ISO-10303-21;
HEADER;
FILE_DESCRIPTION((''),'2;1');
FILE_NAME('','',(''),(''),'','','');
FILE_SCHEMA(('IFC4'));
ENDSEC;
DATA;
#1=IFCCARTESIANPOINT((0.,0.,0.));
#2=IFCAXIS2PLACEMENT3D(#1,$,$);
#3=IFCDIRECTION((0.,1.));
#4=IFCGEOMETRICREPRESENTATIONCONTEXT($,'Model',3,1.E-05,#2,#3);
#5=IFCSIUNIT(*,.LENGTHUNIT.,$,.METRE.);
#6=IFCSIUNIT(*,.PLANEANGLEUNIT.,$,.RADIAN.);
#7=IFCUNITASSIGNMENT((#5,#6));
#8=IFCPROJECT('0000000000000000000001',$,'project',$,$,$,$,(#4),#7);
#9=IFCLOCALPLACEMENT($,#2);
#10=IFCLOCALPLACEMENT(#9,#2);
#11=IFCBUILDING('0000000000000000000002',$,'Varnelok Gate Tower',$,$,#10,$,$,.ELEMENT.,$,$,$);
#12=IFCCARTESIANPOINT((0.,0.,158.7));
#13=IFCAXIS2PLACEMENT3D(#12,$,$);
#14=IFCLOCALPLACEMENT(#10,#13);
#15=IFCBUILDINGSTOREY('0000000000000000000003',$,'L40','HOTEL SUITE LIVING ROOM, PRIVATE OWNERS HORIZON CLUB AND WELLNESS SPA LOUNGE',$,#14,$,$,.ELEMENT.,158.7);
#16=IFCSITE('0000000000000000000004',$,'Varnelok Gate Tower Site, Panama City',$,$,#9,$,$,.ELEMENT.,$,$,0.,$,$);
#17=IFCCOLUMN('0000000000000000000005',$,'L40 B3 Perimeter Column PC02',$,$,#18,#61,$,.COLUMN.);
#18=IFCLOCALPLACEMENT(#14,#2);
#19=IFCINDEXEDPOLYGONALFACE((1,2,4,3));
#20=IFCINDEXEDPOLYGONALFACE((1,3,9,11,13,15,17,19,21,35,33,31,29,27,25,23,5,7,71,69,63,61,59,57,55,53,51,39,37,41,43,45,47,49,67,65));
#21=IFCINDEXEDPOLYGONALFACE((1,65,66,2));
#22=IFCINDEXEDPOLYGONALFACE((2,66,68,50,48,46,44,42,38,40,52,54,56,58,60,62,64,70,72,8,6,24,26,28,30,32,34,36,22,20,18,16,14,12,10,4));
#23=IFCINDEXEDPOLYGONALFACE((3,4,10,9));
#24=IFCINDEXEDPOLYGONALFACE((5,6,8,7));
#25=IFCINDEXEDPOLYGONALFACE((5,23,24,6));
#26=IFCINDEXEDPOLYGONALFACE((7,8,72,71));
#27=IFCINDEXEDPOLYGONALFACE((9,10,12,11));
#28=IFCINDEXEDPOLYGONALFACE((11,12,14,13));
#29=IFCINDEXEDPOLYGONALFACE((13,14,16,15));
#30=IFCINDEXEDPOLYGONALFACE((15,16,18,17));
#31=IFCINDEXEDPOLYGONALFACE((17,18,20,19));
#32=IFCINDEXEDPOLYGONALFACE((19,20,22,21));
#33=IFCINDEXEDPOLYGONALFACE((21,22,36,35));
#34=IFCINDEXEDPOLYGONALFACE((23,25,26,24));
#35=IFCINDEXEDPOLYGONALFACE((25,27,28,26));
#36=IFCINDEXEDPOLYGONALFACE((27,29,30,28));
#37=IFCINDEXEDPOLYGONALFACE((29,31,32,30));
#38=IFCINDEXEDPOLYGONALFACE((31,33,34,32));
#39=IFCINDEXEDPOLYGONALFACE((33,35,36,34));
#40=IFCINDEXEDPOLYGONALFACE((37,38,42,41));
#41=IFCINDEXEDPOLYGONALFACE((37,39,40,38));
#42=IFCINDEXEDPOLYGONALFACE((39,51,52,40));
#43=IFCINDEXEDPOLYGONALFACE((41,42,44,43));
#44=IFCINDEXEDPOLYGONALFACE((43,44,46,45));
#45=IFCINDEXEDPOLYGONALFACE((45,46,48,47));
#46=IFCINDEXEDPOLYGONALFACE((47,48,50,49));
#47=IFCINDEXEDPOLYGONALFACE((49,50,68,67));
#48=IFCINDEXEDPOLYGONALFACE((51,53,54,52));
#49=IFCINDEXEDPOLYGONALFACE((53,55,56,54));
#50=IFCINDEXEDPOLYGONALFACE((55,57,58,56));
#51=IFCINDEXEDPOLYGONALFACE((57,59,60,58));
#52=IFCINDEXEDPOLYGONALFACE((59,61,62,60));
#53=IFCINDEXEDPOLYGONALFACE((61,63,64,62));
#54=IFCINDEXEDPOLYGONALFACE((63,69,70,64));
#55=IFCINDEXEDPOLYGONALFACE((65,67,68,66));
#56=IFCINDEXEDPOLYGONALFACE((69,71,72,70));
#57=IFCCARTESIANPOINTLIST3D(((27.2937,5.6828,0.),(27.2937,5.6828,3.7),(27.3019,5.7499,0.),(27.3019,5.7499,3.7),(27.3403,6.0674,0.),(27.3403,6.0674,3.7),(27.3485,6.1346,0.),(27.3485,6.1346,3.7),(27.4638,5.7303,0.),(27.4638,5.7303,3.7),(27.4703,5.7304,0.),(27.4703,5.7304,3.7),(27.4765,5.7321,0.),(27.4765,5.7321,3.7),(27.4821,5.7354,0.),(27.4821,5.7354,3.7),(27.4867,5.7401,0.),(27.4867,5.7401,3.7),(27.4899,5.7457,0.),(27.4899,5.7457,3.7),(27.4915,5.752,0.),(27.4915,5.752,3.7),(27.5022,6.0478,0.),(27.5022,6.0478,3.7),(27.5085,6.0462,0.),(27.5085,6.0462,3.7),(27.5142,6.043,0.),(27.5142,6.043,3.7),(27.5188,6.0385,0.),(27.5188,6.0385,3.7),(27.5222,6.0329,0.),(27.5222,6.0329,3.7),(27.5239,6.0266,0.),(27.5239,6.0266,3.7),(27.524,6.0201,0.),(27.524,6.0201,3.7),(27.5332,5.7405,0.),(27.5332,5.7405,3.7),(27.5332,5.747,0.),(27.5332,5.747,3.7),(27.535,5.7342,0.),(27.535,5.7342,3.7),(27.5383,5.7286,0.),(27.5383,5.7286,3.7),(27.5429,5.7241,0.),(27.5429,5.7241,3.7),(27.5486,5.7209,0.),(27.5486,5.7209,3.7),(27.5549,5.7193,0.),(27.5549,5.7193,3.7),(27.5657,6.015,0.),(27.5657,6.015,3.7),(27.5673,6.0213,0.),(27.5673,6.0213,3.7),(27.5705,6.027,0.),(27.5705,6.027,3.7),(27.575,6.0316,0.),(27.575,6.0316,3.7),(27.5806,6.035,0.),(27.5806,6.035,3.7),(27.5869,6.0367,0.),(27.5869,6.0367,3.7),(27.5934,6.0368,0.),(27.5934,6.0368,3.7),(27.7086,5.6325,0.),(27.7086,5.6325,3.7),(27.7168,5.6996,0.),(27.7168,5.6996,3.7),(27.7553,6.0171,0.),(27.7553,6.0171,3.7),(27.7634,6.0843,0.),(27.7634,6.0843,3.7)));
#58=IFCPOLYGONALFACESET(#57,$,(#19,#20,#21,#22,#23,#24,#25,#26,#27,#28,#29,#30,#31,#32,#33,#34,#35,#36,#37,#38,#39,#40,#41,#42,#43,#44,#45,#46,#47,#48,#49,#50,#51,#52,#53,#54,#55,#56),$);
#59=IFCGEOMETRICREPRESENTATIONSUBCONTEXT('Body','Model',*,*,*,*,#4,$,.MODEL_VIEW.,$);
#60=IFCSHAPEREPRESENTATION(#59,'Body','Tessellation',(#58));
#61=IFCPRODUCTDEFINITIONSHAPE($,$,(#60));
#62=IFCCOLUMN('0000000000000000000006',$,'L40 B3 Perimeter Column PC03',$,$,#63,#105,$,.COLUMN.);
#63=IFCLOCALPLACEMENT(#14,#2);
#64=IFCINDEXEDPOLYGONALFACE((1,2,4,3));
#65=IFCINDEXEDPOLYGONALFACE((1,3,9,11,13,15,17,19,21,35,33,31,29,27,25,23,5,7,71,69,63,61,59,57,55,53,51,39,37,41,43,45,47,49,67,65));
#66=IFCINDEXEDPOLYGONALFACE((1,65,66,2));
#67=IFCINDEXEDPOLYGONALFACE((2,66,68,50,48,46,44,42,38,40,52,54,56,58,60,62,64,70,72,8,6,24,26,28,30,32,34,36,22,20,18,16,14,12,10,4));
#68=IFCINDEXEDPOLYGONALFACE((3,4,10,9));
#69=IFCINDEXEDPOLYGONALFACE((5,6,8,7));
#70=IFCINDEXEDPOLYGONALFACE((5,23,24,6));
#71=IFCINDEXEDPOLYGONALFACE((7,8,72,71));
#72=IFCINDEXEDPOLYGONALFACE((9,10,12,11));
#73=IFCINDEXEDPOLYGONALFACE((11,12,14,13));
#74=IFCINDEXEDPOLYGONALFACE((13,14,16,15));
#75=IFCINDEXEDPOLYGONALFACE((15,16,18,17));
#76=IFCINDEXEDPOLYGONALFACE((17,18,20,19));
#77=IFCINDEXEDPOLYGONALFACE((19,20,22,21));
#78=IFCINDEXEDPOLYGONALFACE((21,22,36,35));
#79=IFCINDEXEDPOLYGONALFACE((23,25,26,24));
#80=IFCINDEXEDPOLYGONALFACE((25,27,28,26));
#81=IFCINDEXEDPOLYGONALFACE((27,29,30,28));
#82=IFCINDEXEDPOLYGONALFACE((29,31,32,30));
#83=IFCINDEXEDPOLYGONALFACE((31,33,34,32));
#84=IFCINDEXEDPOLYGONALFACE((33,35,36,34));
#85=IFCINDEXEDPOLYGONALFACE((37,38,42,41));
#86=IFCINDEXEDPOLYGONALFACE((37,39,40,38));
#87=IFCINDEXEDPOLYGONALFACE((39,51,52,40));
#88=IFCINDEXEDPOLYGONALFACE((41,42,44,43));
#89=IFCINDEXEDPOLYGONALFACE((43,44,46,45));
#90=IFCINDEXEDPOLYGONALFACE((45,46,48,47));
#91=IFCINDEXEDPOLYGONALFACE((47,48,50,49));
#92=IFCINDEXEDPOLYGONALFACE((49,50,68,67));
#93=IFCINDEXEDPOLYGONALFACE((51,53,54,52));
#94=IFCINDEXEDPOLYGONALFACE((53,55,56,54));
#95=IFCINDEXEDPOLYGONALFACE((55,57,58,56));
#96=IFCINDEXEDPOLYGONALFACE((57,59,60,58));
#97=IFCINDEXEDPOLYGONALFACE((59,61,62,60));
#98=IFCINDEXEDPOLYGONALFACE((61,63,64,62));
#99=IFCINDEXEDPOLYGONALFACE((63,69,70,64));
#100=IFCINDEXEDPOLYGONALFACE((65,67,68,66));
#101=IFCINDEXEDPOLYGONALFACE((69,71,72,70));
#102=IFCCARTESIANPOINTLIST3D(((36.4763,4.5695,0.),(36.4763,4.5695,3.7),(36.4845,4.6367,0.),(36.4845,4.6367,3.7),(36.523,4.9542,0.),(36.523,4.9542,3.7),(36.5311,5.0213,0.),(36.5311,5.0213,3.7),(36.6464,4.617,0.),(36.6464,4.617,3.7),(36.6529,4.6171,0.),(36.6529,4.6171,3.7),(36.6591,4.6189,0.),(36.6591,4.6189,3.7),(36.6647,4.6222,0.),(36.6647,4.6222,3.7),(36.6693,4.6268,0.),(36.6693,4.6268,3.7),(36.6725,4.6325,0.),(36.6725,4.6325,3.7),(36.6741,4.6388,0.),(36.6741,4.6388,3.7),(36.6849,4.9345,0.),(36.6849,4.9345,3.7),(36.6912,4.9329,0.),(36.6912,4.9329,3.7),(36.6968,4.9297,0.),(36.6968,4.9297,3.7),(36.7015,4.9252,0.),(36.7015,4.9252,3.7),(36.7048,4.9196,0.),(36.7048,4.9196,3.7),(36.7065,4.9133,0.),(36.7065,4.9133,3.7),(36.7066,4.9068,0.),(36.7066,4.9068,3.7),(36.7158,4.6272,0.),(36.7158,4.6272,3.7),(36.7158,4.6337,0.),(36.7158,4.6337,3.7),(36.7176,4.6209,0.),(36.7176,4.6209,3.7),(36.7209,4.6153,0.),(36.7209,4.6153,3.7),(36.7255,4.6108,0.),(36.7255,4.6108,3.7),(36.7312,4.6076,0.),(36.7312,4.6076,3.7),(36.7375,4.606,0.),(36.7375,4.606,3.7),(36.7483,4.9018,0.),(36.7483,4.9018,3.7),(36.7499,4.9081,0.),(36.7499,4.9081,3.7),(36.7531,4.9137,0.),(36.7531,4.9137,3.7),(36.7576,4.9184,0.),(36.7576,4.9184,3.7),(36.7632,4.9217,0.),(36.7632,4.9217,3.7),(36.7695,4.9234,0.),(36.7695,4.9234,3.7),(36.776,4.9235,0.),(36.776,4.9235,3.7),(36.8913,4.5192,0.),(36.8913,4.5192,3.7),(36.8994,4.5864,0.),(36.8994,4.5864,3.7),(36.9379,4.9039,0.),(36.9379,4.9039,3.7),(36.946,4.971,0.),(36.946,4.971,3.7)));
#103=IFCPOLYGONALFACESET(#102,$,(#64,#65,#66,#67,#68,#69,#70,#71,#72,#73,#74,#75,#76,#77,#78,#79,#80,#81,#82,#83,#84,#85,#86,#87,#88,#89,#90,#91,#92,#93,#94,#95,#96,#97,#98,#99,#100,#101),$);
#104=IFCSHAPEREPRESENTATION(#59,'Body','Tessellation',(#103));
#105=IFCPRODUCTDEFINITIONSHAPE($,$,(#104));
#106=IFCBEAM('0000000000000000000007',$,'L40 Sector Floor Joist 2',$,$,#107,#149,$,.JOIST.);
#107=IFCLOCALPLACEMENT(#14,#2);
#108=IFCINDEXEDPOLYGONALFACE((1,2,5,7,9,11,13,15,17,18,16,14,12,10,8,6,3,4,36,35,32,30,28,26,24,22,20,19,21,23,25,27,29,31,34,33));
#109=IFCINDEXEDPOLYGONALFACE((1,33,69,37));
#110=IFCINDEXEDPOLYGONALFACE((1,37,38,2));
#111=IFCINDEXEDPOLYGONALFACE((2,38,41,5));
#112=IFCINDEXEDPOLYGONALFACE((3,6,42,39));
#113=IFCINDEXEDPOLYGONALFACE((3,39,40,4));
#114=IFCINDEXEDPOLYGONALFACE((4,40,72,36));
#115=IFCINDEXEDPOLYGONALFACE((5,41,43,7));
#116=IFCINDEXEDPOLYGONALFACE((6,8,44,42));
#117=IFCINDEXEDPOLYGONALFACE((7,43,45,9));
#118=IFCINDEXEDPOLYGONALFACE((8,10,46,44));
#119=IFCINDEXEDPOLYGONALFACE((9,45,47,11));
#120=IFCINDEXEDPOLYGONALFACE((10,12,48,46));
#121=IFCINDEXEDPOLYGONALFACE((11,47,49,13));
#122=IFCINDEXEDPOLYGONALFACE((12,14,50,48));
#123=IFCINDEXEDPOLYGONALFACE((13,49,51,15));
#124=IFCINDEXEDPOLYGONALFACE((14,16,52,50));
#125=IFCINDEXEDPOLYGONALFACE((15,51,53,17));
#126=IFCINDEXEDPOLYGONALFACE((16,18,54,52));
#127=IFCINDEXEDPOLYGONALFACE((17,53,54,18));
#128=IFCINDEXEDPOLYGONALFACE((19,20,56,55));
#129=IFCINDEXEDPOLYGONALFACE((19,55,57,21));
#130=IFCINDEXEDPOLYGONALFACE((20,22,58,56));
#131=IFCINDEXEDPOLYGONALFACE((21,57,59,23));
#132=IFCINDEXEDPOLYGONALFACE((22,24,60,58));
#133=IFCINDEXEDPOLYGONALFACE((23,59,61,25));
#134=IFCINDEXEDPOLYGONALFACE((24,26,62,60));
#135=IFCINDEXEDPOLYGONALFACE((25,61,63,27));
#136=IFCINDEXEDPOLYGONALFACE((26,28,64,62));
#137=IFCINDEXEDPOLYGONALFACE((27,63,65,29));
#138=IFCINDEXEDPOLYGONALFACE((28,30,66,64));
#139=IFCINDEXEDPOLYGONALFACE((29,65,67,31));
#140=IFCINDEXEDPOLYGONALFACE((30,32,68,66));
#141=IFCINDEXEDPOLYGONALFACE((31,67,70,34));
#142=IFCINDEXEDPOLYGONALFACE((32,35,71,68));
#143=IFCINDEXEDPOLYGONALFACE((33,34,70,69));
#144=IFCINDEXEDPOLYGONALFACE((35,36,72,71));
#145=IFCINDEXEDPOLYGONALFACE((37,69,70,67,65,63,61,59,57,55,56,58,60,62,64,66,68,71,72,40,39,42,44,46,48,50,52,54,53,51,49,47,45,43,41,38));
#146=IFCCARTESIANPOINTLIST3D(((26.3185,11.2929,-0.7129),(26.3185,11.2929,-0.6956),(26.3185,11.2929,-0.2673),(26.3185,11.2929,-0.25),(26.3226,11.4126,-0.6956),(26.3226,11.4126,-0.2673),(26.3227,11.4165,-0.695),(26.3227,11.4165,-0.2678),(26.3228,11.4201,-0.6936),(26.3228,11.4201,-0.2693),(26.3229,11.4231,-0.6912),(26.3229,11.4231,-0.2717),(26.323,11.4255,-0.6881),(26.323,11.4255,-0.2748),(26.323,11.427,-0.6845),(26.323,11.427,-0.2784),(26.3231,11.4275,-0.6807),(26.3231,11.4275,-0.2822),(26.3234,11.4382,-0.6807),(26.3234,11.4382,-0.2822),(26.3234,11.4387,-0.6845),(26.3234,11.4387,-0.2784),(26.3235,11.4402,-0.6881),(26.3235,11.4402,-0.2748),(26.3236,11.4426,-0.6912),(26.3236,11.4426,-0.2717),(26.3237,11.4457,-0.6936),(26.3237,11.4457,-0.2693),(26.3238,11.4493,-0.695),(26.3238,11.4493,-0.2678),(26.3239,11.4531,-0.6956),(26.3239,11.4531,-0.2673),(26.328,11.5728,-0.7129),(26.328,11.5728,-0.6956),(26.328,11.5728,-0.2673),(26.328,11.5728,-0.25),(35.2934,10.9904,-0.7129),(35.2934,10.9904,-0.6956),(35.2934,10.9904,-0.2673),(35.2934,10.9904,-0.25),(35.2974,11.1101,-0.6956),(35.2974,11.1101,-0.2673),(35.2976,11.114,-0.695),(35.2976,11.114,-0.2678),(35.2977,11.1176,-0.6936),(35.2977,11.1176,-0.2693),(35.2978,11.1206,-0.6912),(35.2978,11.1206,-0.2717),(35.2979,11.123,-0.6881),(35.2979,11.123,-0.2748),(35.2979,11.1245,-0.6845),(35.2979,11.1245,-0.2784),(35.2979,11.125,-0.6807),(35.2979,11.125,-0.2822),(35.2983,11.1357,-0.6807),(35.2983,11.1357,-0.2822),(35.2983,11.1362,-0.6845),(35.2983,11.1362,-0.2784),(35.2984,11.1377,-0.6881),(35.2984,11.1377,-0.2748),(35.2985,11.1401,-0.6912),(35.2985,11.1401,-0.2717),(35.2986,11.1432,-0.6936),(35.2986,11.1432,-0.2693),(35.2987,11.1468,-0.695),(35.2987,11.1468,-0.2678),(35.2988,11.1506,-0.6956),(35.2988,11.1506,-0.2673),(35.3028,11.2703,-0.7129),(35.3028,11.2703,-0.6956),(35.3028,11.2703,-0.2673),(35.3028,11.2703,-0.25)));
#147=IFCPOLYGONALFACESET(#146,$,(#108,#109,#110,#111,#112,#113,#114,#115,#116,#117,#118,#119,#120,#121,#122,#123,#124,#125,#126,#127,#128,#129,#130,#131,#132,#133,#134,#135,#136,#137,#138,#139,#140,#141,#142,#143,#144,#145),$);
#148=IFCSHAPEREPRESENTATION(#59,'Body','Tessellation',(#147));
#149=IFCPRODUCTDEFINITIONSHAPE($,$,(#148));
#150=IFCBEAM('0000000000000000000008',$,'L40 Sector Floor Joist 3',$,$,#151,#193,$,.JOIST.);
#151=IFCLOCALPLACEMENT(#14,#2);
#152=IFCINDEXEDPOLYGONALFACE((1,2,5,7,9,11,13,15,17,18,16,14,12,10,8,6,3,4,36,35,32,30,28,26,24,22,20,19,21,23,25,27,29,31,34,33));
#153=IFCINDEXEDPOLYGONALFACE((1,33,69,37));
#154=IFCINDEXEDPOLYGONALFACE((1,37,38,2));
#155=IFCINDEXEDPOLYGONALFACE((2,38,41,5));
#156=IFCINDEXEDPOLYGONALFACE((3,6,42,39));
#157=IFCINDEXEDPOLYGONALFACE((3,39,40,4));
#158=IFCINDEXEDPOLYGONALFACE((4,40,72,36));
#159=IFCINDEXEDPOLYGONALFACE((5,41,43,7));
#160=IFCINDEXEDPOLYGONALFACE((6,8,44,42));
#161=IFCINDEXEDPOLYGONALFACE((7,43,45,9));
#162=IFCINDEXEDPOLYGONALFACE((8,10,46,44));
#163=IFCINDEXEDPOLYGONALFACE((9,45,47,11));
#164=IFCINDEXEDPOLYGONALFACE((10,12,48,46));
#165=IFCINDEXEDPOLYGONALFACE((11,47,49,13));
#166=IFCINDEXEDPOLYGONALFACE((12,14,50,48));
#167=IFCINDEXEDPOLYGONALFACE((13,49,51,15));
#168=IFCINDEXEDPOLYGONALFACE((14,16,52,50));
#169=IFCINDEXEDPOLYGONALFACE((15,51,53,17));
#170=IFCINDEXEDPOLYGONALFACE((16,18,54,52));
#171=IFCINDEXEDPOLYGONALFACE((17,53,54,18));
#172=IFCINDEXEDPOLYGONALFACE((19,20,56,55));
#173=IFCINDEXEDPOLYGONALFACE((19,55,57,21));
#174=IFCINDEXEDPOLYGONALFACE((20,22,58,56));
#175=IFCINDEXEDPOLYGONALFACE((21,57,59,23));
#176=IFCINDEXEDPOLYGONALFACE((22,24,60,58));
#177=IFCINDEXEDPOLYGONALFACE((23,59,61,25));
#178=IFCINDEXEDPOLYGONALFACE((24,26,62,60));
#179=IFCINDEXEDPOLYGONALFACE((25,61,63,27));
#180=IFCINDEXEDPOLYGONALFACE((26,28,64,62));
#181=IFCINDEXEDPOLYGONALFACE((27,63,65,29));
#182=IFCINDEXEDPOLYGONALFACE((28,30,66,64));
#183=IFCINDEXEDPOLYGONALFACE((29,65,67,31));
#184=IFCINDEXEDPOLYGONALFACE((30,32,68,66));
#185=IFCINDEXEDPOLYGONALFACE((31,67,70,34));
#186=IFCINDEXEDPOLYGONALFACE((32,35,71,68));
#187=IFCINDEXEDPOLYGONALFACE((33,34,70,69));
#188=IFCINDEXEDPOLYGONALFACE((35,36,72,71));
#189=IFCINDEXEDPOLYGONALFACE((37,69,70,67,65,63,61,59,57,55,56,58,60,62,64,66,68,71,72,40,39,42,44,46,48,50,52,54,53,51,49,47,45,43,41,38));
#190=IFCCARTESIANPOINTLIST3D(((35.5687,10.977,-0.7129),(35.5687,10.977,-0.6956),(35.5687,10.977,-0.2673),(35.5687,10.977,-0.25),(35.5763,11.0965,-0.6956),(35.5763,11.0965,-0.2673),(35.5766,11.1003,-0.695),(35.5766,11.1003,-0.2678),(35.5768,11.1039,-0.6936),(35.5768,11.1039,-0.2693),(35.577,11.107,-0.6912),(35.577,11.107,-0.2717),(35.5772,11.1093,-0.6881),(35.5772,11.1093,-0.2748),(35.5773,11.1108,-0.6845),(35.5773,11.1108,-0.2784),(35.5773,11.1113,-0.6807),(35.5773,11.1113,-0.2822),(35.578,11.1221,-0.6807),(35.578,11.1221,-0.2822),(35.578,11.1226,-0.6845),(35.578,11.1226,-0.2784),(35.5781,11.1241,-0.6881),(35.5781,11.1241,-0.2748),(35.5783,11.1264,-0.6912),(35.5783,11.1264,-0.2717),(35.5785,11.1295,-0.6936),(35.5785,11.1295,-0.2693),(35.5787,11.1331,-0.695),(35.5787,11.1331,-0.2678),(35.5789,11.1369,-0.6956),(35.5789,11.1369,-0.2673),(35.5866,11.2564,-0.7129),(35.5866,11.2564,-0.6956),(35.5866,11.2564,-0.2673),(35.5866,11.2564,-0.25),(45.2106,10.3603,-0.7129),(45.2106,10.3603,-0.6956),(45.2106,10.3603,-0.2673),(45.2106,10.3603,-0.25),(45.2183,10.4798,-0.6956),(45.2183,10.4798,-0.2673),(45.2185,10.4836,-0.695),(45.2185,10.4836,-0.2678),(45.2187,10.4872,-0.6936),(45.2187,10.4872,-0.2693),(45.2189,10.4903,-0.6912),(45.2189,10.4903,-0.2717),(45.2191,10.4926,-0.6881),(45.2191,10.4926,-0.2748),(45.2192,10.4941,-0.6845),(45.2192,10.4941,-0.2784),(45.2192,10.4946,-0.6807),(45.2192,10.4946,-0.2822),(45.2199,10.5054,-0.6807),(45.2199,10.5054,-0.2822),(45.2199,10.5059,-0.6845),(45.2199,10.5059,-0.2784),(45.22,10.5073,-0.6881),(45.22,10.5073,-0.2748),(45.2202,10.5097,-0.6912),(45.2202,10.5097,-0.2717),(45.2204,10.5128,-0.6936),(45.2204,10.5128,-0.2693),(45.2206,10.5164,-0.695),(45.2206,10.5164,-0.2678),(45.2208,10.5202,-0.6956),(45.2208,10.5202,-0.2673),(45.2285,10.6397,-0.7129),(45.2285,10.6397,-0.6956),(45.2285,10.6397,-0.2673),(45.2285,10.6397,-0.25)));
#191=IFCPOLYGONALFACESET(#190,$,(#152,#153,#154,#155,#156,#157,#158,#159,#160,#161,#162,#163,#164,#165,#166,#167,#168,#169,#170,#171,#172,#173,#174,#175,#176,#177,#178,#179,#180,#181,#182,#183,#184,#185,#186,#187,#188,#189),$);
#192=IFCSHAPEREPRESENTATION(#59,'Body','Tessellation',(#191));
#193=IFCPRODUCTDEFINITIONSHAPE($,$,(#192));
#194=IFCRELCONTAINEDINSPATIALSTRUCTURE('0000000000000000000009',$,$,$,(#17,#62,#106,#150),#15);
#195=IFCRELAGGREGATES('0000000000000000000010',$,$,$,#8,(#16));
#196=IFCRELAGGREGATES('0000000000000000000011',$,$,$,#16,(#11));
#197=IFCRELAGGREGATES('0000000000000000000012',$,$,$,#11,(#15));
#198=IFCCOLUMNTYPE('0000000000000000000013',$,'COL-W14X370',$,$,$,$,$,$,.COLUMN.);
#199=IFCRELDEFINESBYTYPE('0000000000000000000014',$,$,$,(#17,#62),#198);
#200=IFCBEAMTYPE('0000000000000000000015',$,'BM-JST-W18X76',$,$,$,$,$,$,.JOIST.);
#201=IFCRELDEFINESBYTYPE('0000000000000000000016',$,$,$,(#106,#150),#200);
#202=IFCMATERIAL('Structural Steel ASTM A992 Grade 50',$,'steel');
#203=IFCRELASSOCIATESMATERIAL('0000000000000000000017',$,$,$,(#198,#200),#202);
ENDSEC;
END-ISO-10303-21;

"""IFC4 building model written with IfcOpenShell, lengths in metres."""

from ifc_helpers import new_model, si_unit, direction, frame, origin, origin_2d, place, context, subcontext, project, spatial, i_section, extrude, material, material_profile, profile_set, type_object, element, save


model = new_model("IFC4")

# Units and contexts
model_context = context("Model", 3, precision=1e-05, world=origin(), true_north=direction((0.0, 1.0)))
body_context = subcontext(model_context, "Body", "Model", "MODEL_VIEW")
ifc_project = project(units=[si_unit("LENGTHUNIT", "METRE"), si_unit("PLANEANGLEUNIT", "RADIAN")], contexts=[model_context])

# Site, building, storey
site_placement = place(None, origin())
site = spatial("IfcSite", under=ifc_project, at=site_placement, Name="Varnelok Gate Tower Site, Panama City", CompositionType="ELEMENT", RefElevation=0.0)
building_placement = place(site_placement, origin())
building = spatial("IfcBuilding", under=site, at=building_placement, Name="Varnelok Gate Tower", CompositionType="ELEMENT")
storey_placement = place(building_placement, frame((0.0, 0.0, 158.7)))
storey = spatial("IfcBuildingStorey", under=building, at=storey_placement, Name="L40", Description="HOTEL SUITE LIVING ROOM, PRIVATE OWNERS HORIZON CLUB AND WELLNESS SPA LOUNGE", CompositionType="ELEMENT", Elevation=158.7)

# Columns
ifc_material_1 = material(Name="Structural Steel ASTM A992 Grade 50", Category="steel")
ifc_material_profile_1 = material_profile(ifc_material_1, i_section(OverallWidth=0.418, OverallDepth=0.4551, WebThickness=0.042, FlangeThickness=0.0676, FilletRadius=0.0249, at=origin_2d()), Name="W14X370")
ifc_profile_set_1 = profile_set([ifc_material_profile_1], Name="Structural Steel ASTM A992 Grade 50")
column_type = type_object("IfcColumnType", Name="COL-W14X370", PredefinedType="COLUMN", material=ifc_profile_set_1)
for number, where, z_axis, x_axis, name in (
    (1, (27.5286, 5.8835, 0.0), (0.0, 0.0, 1.0), (0.992732, -0.120345, 0.0), "L40 B3 Perimeter Column PC02"),
    (2, (36.7112, 4.7703, 0.0), (0.0, 0.0, 1.0), (0.992732, -0.120345, 0.0), "L40 B3 Perimeter Column PC03"),
):
    element("IfcColumn", number, at=place(storey_placement, frame(where, z_axis=z_axis, x_axis=x_axis)), inside=storey, type_object=column_type, Name=name, PredefinedType="COLUMN", context=body_context, shape_type="SweptSolid", body=[
        extrude(i_section(OverallWidth=0.418, OverallDepth=0.4551, WebThickness=0.042, FlangeThickness=0.0676, FilletRadius=0.0249, at=origin_2d()), origin(), (0.0, 0.0, 1.0), 3.7),
    ])

# Beams
ifc_material_profile_2 = material_profile(ifc_material_1, i_section(OverallWidth=0.28, OverallDepth=0.4629, WebThickness=0.0107, FlangeThickness=0.0173, FilletRadius=0.0149, at=origin_2d()), Name="W18X76")
ifc_profile_set_2 = profile_set([ifc_material_profile_2], Name="Structural Steel ASTM A992 Grade 50")
beam_type_1 = type_object("IfcBeamType", Name="BM-JST-W18X76", PredefinedType="JOIST", material=ifc_profile_set_2)
beam_1_placement = place(storey_placement, frame((26.3232, 11.4329, -0.4814), z_axis=(0.999432, -0.033685, 0.0), x_axis=(0.033685, 0.999432, 0.0)))
element("IfcBeam", 3, at=beam_1_placement, inside=storey, type_object=beam_type_1, Name="L40 Sector Floor Joist 2", PredefinedType="JOIST", context=body_context, shape_type="SweptSolid", body=[
    extrude(i_section(OverallWidth=0.28, OverallDepth=0.4629, WebThickness=0.0107, FlangeThickness=0.0173, FilletRadius=0.0149, at=origin_2d()), origin(), (0.0, 0.0, 1.0), 8.98),
])
beam_2_placement = place(storey_placement, frame((35.5776, 11.1167, -0.4814), z_axis=(0.997961, -0.06383, 0.0), x_axis=(0.06383, 0.997961, 0.0)))
element("IfcBeam", 4, at=beam_2_placement, inside=storey, type_object=beam_type_1, Name="L40 Sector Floor Joist 3", PredefinedType="JOIST", context=body_context, shape_type="SweptSolid", body=[
    extrude(i_section(OverallWidth=0.28, OverallDepth=0.4629, WebThickness=0.0107, FlangeThickness=0.0173, FilletRadius=0.0149, at=origin_2d()), origin(), (0.0, 0.0, 1.0), 9.6616),
])

save(model, "model.ifc")
